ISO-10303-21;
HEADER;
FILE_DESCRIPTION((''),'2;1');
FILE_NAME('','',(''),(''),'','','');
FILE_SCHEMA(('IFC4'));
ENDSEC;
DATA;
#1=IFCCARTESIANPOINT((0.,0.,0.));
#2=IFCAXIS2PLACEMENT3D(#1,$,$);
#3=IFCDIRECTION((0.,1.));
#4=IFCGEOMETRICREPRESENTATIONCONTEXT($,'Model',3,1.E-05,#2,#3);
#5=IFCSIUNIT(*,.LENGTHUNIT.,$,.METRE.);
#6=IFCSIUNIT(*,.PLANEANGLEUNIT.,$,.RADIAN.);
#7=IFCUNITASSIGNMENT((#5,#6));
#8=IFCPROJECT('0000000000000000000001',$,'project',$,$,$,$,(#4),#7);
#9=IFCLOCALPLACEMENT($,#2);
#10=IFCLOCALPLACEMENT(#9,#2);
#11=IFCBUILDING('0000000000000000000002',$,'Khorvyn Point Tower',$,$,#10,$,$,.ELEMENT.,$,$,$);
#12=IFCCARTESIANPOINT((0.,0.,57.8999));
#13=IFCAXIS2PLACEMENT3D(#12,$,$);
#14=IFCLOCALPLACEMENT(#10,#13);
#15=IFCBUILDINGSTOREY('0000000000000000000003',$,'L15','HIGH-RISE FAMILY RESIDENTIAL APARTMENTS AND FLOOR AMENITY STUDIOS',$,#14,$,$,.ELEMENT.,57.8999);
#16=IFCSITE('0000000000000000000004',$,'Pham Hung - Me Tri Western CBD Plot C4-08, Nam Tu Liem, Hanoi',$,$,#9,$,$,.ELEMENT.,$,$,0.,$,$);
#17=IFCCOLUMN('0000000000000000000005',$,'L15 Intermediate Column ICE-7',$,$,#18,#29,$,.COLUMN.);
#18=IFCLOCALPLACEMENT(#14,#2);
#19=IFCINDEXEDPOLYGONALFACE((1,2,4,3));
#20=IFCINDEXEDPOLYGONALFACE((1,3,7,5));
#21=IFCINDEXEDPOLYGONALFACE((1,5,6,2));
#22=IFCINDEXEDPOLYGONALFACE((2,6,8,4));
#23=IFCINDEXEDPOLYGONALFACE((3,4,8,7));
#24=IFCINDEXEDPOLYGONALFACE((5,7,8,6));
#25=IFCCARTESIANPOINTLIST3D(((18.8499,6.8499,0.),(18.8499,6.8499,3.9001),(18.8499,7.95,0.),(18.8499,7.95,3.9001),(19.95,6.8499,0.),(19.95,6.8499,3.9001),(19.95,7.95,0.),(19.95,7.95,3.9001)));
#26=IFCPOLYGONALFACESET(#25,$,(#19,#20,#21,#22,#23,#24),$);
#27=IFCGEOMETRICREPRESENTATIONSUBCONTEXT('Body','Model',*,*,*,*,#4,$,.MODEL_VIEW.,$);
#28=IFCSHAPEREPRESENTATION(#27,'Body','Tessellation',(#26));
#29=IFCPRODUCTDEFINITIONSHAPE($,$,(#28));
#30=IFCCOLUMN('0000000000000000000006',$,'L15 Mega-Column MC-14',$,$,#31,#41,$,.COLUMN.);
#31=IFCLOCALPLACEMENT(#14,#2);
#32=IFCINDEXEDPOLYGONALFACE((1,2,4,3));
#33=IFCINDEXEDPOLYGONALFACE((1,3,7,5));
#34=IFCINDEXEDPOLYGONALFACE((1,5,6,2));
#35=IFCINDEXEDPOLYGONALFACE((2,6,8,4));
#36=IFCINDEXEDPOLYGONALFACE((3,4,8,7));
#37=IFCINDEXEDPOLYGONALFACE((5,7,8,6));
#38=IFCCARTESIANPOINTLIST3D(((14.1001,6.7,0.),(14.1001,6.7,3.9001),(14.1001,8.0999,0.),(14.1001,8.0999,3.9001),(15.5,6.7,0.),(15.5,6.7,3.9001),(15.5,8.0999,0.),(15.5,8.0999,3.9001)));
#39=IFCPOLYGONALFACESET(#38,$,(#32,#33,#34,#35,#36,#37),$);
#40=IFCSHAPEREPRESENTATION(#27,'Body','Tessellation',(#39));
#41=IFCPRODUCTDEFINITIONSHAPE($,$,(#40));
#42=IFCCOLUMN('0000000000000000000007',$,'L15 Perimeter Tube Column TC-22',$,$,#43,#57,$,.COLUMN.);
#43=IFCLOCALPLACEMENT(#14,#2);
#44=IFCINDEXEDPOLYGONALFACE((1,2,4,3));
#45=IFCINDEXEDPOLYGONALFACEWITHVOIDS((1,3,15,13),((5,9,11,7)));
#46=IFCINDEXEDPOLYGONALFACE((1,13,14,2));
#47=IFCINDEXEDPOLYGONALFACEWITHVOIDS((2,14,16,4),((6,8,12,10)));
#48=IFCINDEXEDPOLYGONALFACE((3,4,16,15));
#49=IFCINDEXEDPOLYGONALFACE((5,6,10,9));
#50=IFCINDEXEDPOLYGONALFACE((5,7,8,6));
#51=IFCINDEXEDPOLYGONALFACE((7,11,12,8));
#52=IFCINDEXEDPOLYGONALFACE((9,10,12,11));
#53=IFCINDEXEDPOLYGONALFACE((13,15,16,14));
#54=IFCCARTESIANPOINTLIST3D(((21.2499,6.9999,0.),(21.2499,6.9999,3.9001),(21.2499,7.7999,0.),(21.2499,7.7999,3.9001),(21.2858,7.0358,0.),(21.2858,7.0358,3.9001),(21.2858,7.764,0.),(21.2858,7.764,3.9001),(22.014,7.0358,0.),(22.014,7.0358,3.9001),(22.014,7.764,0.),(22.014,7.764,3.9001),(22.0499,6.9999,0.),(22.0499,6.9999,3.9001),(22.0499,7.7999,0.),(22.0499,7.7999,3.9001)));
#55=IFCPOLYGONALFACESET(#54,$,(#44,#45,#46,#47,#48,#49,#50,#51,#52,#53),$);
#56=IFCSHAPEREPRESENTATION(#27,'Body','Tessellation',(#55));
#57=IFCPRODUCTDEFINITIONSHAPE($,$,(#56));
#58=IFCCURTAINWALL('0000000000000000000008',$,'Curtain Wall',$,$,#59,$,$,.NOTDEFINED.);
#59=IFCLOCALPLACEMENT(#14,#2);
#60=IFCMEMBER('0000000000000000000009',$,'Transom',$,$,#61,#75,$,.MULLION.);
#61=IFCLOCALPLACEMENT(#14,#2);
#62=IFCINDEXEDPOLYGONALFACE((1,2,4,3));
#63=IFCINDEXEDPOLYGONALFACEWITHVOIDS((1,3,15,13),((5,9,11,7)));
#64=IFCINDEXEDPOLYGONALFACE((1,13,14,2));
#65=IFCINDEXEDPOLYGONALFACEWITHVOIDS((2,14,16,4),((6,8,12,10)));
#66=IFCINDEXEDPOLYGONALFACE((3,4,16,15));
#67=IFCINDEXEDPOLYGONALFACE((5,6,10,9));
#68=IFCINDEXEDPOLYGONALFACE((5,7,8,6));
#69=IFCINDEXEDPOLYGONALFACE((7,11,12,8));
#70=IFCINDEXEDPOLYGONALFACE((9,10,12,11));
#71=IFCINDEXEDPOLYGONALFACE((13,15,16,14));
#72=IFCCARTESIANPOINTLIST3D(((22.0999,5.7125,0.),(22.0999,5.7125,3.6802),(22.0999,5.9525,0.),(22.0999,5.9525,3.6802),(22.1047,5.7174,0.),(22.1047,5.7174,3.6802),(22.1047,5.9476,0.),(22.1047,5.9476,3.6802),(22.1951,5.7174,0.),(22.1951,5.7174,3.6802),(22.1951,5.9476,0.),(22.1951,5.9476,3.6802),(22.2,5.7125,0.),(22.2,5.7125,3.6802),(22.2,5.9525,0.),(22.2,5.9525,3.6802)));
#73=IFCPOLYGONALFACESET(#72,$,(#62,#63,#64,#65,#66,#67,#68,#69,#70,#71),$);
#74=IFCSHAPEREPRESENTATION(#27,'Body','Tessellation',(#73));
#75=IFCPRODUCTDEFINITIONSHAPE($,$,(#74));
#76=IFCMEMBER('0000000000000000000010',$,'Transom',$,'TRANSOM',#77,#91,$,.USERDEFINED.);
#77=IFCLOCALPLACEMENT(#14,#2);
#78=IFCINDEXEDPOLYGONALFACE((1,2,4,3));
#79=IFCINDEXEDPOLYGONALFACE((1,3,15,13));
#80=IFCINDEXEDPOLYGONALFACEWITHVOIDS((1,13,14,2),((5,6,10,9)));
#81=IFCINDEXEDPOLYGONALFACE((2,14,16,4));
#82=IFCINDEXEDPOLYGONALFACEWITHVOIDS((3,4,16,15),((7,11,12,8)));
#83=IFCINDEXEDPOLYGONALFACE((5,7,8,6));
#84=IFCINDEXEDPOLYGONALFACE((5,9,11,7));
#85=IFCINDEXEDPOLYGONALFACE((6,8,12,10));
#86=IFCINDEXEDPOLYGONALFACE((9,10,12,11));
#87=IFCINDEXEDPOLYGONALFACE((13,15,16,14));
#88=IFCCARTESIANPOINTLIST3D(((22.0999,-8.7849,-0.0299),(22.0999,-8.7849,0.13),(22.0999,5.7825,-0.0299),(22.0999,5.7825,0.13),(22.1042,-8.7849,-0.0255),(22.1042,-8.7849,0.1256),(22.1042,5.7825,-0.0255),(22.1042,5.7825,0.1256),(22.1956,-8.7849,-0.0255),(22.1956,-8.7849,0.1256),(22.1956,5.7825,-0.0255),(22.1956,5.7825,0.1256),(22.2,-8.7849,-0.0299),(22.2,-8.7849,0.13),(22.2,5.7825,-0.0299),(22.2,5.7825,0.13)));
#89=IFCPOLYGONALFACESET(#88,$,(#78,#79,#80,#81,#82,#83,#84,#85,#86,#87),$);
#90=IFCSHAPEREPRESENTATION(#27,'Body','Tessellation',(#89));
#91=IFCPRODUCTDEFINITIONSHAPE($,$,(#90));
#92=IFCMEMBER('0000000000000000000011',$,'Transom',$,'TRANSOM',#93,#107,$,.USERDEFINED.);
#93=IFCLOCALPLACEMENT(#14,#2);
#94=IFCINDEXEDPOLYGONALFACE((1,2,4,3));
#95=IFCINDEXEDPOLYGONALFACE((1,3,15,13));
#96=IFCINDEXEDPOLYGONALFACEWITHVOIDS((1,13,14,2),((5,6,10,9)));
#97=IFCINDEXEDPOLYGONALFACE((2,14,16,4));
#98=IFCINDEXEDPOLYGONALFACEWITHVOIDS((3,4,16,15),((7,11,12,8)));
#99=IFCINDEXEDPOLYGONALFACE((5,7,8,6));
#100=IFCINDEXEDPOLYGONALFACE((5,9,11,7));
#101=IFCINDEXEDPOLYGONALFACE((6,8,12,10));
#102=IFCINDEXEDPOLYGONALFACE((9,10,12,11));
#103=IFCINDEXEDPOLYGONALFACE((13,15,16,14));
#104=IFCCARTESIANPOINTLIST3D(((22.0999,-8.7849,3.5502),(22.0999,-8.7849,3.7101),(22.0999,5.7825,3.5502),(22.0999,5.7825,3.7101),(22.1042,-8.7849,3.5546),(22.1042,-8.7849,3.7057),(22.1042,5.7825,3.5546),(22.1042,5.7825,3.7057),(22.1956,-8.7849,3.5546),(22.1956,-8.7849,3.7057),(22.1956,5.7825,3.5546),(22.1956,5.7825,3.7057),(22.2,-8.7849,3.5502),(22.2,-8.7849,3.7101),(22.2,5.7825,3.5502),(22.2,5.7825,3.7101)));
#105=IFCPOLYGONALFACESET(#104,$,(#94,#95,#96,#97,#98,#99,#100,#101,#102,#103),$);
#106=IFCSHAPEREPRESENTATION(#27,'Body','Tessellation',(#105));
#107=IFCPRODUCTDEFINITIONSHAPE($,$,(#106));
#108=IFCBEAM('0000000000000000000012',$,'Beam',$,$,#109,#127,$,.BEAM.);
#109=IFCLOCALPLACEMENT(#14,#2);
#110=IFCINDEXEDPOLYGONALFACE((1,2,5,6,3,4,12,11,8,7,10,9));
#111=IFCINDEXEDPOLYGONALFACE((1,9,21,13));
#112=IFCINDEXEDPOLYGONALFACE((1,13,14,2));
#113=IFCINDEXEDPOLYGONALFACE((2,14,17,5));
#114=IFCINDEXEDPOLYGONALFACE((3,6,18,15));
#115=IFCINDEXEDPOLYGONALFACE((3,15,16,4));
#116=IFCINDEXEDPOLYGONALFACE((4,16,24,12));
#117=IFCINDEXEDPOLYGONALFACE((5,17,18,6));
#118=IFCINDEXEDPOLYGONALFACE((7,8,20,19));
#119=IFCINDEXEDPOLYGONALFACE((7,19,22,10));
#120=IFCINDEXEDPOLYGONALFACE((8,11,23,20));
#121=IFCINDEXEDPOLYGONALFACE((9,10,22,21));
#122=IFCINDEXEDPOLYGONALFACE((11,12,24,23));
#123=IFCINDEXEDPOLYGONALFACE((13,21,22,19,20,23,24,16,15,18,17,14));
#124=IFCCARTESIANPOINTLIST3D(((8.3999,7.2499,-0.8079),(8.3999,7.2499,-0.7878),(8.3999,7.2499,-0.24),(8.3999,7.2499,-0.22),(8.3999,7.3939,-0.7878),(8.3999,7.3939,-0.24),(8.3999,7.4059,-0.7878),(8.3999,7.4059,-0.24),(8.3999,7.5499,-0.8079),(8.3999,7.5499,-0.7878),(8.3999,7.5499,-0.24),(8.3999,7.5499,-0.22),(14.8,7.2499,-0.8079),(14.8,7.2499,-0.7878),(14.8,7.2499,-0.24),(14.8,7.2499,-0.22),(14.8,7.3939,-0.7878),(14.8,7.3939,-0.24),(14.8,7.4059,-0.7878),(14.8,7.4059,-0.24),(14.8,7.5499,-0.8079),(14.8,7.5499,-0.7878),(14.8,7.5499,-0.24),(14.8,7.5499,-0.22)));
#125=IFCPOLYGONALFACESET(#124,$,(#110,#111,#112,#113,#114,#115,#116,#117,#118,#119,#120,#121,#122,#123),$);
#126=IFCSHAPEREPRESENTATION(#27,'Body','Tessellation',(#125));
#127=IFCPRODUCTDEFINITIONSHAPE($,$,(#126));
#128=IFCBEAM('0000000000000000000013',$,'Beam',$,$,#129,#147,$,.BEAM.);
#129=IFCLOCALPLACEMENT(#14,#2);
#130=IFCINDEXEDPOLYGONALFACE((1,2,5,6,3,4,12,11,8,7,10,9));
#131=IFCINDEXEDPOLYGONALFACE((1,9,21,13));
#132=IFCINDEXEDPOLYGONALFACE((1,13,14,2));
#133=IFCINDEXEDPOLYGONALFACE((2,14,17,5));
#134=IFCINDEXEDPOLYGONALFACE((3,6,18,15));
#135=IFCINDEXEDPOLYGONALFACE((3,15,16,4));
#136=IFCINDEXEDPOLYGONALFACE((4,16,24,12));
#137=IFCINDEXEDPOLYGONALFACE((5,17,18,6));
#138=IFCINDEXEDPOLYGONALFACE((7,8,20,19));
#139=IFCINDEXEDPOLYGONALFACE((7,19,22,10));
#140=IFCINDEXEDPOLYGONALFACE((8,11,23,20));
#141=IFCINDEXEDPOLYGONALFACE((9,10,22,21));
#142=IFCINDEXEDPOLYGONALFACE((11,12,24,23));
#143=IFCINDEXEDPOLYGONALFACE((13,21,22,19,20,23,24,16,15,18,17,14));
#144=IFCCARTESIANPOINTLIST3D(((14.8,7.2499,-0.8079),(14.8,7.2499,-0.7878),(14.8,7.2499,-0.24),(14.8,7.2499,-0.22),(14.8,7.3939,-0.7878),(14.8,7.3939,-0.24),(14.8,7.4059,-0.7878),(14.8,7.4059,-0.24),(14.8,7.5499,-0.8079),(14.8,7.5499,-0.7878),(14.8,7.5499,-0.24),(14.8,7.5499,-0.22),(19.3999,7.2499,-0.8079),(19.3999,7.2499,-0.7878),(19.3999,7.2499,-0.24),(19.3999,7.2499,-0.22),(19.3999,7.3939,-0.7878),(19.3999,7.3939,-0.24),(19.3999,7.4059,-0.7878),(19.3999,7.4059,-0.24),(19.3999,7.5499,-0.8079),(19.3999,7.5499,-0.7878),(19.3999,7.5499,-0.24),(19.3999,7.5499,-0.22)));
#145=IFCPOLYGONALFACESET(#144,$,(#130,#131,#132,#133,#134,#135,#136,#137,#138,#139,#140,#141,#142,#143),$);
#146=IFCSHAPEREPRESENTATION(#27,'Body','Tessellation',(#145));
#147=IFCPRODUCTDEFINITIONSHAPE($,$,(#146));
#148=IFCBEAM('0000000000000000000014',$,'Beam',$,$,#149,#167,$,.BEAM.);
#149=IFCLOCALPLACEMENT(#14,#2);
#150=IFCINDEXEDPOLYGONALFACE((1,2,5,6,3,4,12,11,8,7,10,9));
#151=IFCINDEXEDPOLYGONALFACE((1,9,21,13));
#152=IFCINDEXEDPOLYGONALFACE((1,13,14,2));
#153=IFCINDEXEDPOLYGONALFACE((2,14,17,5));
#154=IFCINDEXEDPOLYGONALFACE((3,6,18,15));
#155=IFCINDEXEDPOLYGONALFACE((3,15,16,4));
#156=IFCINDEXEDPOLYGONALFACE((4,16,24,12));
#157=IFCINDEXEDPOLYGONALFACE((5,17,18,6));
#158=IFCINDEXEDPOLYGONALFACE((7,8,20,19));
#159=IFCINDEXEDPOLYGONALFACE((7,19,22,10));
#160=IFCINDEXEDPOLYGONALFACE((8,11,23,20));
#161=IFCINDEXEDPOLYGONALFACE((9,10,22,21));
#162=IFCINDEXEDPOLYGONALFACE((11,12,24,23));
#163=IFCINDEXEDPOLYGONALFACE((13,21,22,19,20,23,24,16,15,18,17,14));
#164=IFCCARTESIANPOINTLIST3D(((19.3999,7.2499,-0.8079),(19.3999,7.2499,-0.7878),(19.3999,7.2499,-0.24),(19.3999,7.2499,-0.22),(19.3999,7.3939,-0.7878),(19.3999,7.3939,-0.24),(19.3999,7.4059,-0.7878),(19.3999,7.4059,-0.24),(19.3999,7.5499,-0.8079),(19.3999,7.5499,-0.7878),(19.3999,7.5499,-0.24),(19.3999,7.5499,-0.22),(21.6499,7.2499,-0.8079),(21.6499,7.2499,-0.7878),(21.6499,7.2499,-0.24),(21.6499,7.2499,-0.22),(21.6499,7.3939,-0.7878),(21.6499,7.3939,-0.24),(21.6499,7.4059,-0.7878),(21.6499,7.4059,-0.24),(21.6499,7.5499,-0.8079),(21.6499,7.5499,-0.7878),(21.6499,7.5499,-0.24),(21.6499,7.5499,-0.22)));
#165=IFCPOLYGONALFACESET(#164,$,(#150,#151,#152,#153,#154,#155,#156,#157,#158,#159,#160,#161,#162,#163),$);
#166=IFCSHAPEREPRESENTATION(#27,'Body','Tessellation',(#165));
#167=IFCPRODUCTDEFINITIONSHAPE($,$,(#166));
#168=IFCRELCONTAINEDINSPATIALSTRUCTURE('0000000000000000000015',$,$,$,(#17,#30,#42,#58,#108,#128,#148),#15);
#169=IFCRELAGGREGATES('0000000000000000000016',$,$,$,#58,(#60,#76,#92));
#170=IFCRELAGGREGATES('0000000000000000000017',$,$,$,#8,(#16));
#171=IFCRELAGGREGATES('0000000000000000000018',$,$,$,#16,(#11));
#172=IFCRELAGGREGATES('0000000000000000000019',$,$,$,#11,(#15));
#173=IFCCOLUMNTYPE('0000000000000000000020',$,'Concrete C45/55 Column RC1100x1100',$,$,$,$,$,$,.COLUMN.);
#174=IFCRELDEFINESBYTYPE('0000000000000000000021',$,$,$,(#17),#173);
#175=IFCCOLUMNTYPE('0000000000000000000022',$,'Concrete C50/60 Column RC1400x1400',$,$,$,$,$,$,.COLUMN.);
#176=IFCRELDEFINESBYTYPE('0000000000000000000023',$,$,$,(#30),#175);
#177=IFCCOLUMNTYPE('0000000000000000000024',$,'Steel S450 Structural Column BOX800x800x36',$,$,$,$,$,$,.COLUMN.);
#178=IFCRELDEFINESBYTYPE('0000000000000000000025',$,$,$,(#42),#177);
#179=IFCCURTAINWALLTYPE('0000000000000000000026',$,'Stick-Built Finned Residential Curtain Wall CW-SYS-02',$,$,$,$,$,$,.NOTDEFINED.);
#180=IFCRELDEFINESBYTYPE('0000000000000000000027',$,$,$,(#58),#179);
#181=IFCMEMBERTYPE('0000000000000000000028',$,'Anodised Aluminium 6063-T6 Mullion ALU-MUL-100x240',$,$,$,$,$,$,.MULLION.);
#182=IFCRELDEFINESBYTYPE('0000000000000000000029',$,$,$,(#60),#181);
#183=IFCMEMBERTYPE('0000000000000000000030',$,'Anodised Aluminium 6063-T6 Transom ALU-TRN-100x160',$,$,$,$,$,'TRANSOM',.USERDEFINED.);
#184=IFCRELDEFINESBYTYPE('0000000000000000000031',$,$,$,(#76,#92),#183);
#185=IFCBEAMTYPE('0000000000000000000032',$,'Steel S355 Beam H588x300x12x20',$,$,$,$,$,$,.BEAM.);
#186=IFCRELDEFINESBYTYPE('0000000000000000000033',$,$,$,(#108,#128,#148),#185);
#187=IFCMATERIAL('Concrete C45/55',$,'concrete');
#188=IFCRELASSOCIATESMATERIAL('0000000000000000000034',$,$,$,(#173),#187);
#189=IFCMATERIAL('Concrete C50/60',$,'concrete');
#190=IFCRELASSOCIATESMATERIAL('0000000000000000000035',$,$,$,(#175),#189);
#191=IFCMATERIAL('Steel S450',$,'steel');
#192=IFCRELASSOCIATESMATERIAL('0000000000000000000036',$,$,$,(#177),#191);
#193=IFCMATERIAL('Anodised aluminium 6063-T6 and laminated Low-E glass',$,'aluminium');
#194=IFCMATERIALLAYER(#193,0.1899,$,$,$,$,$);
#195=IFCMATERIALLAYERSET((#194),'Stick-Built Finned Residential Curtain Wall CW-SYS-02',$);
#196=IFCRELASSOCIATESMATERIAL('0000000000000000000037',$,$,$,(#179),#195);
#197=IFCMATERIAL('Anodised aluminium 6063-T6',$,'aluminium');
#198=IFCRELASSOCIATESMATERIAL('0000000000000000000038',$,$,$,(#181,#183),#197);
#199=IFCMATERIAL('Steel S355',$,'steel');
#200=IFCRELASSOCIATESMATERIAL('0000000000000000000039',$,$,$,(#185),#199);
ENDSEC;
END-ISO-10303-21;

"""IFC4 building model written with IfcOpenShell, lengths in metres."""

from ifc_helpers import new_model, si_unit, direction, frame, origin, origin_2d, place, context, subcontext, project, spatial, rectangle, hollow_rectangle, i_section, extrude, material, layer, layer_set, material_profile, profile_set, type_object, element, aggregate, save


model = new_model("IFC4")

# Units and contexts
model_context = context("Model", 3, precision=1e-05, world=origin(), true_north=direction((0.0, 1.0)))
body_context = subcontext(model_context, "Body", "Model", "MODEL_VIEW")
ifc_project = project(units=[si_unit("LENGTHUNIT", "METRE"), si_unit("PLANEANGLEUNIT", "RADIAN")], contexts=[model_context])

# Site, building, storey
site_placement = place(None, origin())
site = spatial("IfcSite", under=ifc_project, at=site_placement, Name="Pham Hung - Me Tri Western CBD Plot C4-08, Nam Tu Liem, Hanoi", CompositionType="ELEMENT", RefElevation=0.0)
building_placement = place(site_placement, origin())
building = spatial("IfcBuilding", under=site, at=building_placement, Name="Khorvyn Point Tower", CompositionType="ELEMENT")
storey_placement = place(building_placement, frame((0.0, 0.0, 57.8999)))
storey = spatial("IfcBuildingStorey", under=building, at=storey_placement, Name="L15", Description="HIGH-RISE FAMILY RESIDENTIAL APARTMENTS AND FLOOR AMENITY STUDIOS", CompositionType="ELEMENT", Elevation=57.8999)

# Columns
ifc_material_1 = material(Name="Concrete C45/55", Category="concrete")
ifc_material_profile_1 = material_profile(ifc_material_1, rectangle(XDim=1.1001, YDim=1.1001, at=origin_2d()))
ifc_profile_set_1 = profile_set([ifc_material_profile_1], Name="Concrete C45/55 RC1100x1100")
column_type_1 = type_object("IfcColumnType", Name="Concrete C45/55 Column RC1100x1100", PredefinedType="COLUMN", material=ifc_profile_set_1)
column_1_placement = place(storey_placement, frame((19.3999, 7.3999, 0.0), z_axis=(0.0, 0.0, 1.0), x_axis=(1.0, 0.0, 0.0)))
element("IfcColumn", 1, at=column_1_placement, inside=storey, type_object=column_type_1, Name="L15 Intermediate Column ICE-7", PredefinedType="COLUMN", context=body_context, shape_type="SweptSolid", body=[
    extrude(rectangle(XDim=1.1001, YDim=1.1001, at=origin_2d()), origin(), (0.0, 0.0, 1.0), 3.9001),
])
ifc_material_2 = material(Name="Concrete C50/60", Category="concrete")
ifc_material_profile_2 = material_profile(ifc_material_2, rectangle(XDim=1.3999, YDim=1.3999, at=origin_2d()))
ifc_profile_set_2 = profile_set([ifc_material_profile_2], Name="Concrete C50/60 RC1400x1400")
column_type_2 = type_object("IfcColumnType", Name="Concrete C50/60 Column RC1400x1400", PredefinedType="COLUMN", material=ifc_profile_set_2)
column_2_placement = place(storey_placement, frame((14.8, 7.3999, 0.0), z_axis=(0.0, 0.0, 1.0), x_axis=(1.0, 0.0, 0.0)))
element("IfcColumn", 2, at=column_2_placement, inside=storey, type_object=column_type_2, Name="L15 Mega-Column MC-14", PredefinedType="COLUMN", context=body_context, shape_type="SweptSolid", body=[
    extrude(rectangle(XDim=1.3999, YDim=1.3999, at=origin_2d()), origin(), (0.0, 0.0, 1.0), 3.9001),
])
ifc_material_3 = material(Name="Steel S450", Category="steel")
ifc_material_profile_3 = material_profile(ifc_material_3, hollow_rectangle(XDim=0.8, YDim=0.8, WallThickness=0.0359, at=origin_2d()))
ifc_profile_set_3 = profile_set([ifc_material_profile_3], Name="Steel S450 BOX800x800x36")
column_type_3 = type_object("IfcColumnType", Name="Steel S450 Structural Column BOX800x800x36", PredefinedType="COLUMN", material=ifc_profile_set_3)
column_3_placement = place(storey_placement, frame((21.6499, 7.3999, 0.0), z_axis=(0.0, 0.0, 1.0), x_axis=(1.0, 0.0, 0.0)))
element("IfcColumn", 3, at=column_3_placement, inside=storey, type_object=column_type_3, Name="L15 Perimeter Tube Column TC-22", PredefinedType="COLUMN", context=body_context, shape_type="SweptSolid", body=[
    extrude(hollow_rectangle(XDim=0.8, YDim=0.8, WallThickness=0.0359, at=origin_2d()), origin(), (0.0, 0.0, 1.0), 3.9001),
])

# Curtain wall, members
ifc_material_4 = material(Name="Anodised aluminium 6063-T6 and laminated Low-E glass", Category="aluminium")
ifc_layer_1 = layer(ifc_material_4, 0.1899)
ifc_layer_set_1 = layer_set([ifc_layer_1], Name="Stick-Built Finned Residential Curtain Wall CW-SYS-02")
curtain_wall_type = type_object("IfcCurtainWallType", Name="Stick-Built Finned Residential Curtain Wall CW-SYS-02", PredefinedType="NOTDEFINED", material=ifc_layer_set_1)
curtain_wall_placement = place(storey_placement, origin())
curtain_wall = element("IfcCurtainWall", 4, at=curtain_wall_placement, inside=storey, type_object=curtain_wall_type, Name="Curtain Wall", PredefinedType="NOTDEFINED")
ifc_material_5 = material(Name="Anodised aluminium 6063-T6", Category="aluminium")
ifc_material_profile_4 = material_profile(ifc_material_5, hollow_rectangle(XDim=0.1001, YDim=0.24, WallThickness=0.0049, at=origin_2d()))
ifc_profile_set_4 = profile_set([ifc_material_profile_4], Name="Anodised aluminium 6063-T6 ALU-MUL-100x240")
member_type_1 = type_object("IfcMemberType", Name="Anodised Aluminium 6063-T6 Mullion ALU-MUL-100x240", PredefinedType="MULLION", material=ifc_profile_set_4)
member_1_placement = place(storey_placement, frame((22.1499, 5.8325, 0.0), z_axis=(0.0, 0.0, 1.0), x_axis=(1.0, 0.0, 0.0)))
member_1 = element("IfcMember", 5, at=member_1_placement, type_object=member_type_1, Name="Transom", PredefinedType="MULLION", context=body_context, shape_type="SweptSolid", body=[
    extrude(hollow_rectangle(XDim=0.1001, YDim=0.24, WallThickness=0.0049, at=origin_2d()), origin(), (0.0, 0.0, 1.0), 3.6802),
])
ifc_material_profile_5 = material_profile(ifc_material_5, hollow_rectangle(XDim=0.1001, YDim=0.1599, WallThickness=0.0044, at=origin_2d()))
ifc_profile_set_5 = profile_set([ifc_material_profile_5], Name="Anodised aluminium 6063-T6 ALU-TRN-100x160")
member_type_2 = type_object("IfcMemberType", Name="Anodised Aluminium 6063-T6 Transom ALU-TRN-100x160", ElementType="TRANSOM", PredefinedType="USERDEFINED", material=ifc_profile_set_5)
member_2_placement = place(storey_placement, frame((22.1499, 5.7825, 0.05), z_axis=(0.0, -1.0, 0.0), x_axis=(1.0, 0.0, 0.0)))
member_2 = element("IfcMember", 6, at=member_2_placement, type_object=member_type_2, Name="Transom", ObjectType="TRANSOM", PredefinedType="USERDEFINED", context=body_context, shape_type="SweptSolid", body=[
    extrude(hollow_rectangle(XDim=0.1001, YDim=0.1599, WallThickness=0.0044, at=origin_2d()), origin(), (0.0, 0.0, 1.0), 14.5674),
])
member_3_placement = place(storey_placement, frame((22.1499, 5.7825, 3.6301), z_axis=(0.0, -1.0, 0.0), x_axis=(1.0, 0.0, 0.0)))
member_3 = element("IfcMember", 7, at=member_3_placement, type_object=member_type_2, Name="Transom", ObjectType="TRANSOM", PredefinedType="USERDEFINED", context=body_context, shape_type="SweptSolid", body=[
    extrude(hollow_rectangle(XDim=0.1001, YDim=0.1599, WallThickness=0.0044, at=origin_2d()), origin(), (0.0, 0.0, 1.0), 14.5674),
])

# Beams
ifc_material_6 = material(Name="Steel S355", Category="steel")
ifc_material_profile_6 = material_profile(ifc_material_6, i_section(OverallWidth=0.3, OverallDepth=0.5879, WebThickness=0.012, FlangeThickness=0.02, at=origin_2d()))
ifc_profile_set_6 = profile_set([ifc_material_profile_6], Name="Steel S355 H588x300x12x20")
beam_type_1 = type_object("IfcBeamType", Name="Steel S355 Beam H588x300x12x20", PredefinedType="BEAM", material=ifc_profile_set_6)
beam_1_placement = place(storey_placement, frame((8.3999, 7.3999, -0.5139), z_axis=(1.0, 0.0, 0.0), x_axis=(0.0, 1.0, 0.0)))
element("IfcBeam", 8, at=beam_1_placement, inside=storey, type_object=beam_type_1, Name="Beam", PredefinedType="BEAM", context=body_context, shape_type="SweptSolid", body=[
    extrude(i_section(OverallWidth=0.3, OverallDepth=0.5879, WebThickness=0.012, FlangeThickness=0.02, at=origin_2d()), origin(), (0.0, 0.0, 1.0), 6.4001),
])
beam_2_placement = place(storey_placement, frame((14.8, 7.3999, -0.5139), z_axis=(1.0, 0.0, 0.0), x_axis=(0.0, 1.0, 0.0)))
element("IfcBeam", 9, at=beam_2_placement, inside=storey, type_object=beam_type_1, Name="Beam", PredefinedType="BEAM", context=body_context, shape_type="SweptSolid", body=[
    extrude(i_section(OverallWidth=0.3, OverallDepth=0.5879, WebThickness=0.012, FlangeThickness=0.02, at=origin_2d()), origin(), (0.0, 0.0, 1.0), 4.5999),
])
beam_3_placement = place(storey_placement, frame((19.3999, 7.3999, -0.5139), z_axis=(1.0, 0.0, 0.0), x_axis=(0.0, 1.0, 0.0)))
element("IfcBeam", 10, at=beam_3_placement, inside=storey, type_object=beam_type_1, Name="Beam", PredefinedType="BEAM", context=body_context, shape_type="SweptSolid", body=[
    extrude(i_section(OverallWidth=0.3, OverallDepth=0.5879, WebThickness=0.012, FlangeThickness=0.02, at=origin_2d()), origin(), (0.0, 0.0, 1.0), 2.25),
])

aggregate(curtain_wall, [member_1, member_2, member_3])

save(model, "model.ifc")
